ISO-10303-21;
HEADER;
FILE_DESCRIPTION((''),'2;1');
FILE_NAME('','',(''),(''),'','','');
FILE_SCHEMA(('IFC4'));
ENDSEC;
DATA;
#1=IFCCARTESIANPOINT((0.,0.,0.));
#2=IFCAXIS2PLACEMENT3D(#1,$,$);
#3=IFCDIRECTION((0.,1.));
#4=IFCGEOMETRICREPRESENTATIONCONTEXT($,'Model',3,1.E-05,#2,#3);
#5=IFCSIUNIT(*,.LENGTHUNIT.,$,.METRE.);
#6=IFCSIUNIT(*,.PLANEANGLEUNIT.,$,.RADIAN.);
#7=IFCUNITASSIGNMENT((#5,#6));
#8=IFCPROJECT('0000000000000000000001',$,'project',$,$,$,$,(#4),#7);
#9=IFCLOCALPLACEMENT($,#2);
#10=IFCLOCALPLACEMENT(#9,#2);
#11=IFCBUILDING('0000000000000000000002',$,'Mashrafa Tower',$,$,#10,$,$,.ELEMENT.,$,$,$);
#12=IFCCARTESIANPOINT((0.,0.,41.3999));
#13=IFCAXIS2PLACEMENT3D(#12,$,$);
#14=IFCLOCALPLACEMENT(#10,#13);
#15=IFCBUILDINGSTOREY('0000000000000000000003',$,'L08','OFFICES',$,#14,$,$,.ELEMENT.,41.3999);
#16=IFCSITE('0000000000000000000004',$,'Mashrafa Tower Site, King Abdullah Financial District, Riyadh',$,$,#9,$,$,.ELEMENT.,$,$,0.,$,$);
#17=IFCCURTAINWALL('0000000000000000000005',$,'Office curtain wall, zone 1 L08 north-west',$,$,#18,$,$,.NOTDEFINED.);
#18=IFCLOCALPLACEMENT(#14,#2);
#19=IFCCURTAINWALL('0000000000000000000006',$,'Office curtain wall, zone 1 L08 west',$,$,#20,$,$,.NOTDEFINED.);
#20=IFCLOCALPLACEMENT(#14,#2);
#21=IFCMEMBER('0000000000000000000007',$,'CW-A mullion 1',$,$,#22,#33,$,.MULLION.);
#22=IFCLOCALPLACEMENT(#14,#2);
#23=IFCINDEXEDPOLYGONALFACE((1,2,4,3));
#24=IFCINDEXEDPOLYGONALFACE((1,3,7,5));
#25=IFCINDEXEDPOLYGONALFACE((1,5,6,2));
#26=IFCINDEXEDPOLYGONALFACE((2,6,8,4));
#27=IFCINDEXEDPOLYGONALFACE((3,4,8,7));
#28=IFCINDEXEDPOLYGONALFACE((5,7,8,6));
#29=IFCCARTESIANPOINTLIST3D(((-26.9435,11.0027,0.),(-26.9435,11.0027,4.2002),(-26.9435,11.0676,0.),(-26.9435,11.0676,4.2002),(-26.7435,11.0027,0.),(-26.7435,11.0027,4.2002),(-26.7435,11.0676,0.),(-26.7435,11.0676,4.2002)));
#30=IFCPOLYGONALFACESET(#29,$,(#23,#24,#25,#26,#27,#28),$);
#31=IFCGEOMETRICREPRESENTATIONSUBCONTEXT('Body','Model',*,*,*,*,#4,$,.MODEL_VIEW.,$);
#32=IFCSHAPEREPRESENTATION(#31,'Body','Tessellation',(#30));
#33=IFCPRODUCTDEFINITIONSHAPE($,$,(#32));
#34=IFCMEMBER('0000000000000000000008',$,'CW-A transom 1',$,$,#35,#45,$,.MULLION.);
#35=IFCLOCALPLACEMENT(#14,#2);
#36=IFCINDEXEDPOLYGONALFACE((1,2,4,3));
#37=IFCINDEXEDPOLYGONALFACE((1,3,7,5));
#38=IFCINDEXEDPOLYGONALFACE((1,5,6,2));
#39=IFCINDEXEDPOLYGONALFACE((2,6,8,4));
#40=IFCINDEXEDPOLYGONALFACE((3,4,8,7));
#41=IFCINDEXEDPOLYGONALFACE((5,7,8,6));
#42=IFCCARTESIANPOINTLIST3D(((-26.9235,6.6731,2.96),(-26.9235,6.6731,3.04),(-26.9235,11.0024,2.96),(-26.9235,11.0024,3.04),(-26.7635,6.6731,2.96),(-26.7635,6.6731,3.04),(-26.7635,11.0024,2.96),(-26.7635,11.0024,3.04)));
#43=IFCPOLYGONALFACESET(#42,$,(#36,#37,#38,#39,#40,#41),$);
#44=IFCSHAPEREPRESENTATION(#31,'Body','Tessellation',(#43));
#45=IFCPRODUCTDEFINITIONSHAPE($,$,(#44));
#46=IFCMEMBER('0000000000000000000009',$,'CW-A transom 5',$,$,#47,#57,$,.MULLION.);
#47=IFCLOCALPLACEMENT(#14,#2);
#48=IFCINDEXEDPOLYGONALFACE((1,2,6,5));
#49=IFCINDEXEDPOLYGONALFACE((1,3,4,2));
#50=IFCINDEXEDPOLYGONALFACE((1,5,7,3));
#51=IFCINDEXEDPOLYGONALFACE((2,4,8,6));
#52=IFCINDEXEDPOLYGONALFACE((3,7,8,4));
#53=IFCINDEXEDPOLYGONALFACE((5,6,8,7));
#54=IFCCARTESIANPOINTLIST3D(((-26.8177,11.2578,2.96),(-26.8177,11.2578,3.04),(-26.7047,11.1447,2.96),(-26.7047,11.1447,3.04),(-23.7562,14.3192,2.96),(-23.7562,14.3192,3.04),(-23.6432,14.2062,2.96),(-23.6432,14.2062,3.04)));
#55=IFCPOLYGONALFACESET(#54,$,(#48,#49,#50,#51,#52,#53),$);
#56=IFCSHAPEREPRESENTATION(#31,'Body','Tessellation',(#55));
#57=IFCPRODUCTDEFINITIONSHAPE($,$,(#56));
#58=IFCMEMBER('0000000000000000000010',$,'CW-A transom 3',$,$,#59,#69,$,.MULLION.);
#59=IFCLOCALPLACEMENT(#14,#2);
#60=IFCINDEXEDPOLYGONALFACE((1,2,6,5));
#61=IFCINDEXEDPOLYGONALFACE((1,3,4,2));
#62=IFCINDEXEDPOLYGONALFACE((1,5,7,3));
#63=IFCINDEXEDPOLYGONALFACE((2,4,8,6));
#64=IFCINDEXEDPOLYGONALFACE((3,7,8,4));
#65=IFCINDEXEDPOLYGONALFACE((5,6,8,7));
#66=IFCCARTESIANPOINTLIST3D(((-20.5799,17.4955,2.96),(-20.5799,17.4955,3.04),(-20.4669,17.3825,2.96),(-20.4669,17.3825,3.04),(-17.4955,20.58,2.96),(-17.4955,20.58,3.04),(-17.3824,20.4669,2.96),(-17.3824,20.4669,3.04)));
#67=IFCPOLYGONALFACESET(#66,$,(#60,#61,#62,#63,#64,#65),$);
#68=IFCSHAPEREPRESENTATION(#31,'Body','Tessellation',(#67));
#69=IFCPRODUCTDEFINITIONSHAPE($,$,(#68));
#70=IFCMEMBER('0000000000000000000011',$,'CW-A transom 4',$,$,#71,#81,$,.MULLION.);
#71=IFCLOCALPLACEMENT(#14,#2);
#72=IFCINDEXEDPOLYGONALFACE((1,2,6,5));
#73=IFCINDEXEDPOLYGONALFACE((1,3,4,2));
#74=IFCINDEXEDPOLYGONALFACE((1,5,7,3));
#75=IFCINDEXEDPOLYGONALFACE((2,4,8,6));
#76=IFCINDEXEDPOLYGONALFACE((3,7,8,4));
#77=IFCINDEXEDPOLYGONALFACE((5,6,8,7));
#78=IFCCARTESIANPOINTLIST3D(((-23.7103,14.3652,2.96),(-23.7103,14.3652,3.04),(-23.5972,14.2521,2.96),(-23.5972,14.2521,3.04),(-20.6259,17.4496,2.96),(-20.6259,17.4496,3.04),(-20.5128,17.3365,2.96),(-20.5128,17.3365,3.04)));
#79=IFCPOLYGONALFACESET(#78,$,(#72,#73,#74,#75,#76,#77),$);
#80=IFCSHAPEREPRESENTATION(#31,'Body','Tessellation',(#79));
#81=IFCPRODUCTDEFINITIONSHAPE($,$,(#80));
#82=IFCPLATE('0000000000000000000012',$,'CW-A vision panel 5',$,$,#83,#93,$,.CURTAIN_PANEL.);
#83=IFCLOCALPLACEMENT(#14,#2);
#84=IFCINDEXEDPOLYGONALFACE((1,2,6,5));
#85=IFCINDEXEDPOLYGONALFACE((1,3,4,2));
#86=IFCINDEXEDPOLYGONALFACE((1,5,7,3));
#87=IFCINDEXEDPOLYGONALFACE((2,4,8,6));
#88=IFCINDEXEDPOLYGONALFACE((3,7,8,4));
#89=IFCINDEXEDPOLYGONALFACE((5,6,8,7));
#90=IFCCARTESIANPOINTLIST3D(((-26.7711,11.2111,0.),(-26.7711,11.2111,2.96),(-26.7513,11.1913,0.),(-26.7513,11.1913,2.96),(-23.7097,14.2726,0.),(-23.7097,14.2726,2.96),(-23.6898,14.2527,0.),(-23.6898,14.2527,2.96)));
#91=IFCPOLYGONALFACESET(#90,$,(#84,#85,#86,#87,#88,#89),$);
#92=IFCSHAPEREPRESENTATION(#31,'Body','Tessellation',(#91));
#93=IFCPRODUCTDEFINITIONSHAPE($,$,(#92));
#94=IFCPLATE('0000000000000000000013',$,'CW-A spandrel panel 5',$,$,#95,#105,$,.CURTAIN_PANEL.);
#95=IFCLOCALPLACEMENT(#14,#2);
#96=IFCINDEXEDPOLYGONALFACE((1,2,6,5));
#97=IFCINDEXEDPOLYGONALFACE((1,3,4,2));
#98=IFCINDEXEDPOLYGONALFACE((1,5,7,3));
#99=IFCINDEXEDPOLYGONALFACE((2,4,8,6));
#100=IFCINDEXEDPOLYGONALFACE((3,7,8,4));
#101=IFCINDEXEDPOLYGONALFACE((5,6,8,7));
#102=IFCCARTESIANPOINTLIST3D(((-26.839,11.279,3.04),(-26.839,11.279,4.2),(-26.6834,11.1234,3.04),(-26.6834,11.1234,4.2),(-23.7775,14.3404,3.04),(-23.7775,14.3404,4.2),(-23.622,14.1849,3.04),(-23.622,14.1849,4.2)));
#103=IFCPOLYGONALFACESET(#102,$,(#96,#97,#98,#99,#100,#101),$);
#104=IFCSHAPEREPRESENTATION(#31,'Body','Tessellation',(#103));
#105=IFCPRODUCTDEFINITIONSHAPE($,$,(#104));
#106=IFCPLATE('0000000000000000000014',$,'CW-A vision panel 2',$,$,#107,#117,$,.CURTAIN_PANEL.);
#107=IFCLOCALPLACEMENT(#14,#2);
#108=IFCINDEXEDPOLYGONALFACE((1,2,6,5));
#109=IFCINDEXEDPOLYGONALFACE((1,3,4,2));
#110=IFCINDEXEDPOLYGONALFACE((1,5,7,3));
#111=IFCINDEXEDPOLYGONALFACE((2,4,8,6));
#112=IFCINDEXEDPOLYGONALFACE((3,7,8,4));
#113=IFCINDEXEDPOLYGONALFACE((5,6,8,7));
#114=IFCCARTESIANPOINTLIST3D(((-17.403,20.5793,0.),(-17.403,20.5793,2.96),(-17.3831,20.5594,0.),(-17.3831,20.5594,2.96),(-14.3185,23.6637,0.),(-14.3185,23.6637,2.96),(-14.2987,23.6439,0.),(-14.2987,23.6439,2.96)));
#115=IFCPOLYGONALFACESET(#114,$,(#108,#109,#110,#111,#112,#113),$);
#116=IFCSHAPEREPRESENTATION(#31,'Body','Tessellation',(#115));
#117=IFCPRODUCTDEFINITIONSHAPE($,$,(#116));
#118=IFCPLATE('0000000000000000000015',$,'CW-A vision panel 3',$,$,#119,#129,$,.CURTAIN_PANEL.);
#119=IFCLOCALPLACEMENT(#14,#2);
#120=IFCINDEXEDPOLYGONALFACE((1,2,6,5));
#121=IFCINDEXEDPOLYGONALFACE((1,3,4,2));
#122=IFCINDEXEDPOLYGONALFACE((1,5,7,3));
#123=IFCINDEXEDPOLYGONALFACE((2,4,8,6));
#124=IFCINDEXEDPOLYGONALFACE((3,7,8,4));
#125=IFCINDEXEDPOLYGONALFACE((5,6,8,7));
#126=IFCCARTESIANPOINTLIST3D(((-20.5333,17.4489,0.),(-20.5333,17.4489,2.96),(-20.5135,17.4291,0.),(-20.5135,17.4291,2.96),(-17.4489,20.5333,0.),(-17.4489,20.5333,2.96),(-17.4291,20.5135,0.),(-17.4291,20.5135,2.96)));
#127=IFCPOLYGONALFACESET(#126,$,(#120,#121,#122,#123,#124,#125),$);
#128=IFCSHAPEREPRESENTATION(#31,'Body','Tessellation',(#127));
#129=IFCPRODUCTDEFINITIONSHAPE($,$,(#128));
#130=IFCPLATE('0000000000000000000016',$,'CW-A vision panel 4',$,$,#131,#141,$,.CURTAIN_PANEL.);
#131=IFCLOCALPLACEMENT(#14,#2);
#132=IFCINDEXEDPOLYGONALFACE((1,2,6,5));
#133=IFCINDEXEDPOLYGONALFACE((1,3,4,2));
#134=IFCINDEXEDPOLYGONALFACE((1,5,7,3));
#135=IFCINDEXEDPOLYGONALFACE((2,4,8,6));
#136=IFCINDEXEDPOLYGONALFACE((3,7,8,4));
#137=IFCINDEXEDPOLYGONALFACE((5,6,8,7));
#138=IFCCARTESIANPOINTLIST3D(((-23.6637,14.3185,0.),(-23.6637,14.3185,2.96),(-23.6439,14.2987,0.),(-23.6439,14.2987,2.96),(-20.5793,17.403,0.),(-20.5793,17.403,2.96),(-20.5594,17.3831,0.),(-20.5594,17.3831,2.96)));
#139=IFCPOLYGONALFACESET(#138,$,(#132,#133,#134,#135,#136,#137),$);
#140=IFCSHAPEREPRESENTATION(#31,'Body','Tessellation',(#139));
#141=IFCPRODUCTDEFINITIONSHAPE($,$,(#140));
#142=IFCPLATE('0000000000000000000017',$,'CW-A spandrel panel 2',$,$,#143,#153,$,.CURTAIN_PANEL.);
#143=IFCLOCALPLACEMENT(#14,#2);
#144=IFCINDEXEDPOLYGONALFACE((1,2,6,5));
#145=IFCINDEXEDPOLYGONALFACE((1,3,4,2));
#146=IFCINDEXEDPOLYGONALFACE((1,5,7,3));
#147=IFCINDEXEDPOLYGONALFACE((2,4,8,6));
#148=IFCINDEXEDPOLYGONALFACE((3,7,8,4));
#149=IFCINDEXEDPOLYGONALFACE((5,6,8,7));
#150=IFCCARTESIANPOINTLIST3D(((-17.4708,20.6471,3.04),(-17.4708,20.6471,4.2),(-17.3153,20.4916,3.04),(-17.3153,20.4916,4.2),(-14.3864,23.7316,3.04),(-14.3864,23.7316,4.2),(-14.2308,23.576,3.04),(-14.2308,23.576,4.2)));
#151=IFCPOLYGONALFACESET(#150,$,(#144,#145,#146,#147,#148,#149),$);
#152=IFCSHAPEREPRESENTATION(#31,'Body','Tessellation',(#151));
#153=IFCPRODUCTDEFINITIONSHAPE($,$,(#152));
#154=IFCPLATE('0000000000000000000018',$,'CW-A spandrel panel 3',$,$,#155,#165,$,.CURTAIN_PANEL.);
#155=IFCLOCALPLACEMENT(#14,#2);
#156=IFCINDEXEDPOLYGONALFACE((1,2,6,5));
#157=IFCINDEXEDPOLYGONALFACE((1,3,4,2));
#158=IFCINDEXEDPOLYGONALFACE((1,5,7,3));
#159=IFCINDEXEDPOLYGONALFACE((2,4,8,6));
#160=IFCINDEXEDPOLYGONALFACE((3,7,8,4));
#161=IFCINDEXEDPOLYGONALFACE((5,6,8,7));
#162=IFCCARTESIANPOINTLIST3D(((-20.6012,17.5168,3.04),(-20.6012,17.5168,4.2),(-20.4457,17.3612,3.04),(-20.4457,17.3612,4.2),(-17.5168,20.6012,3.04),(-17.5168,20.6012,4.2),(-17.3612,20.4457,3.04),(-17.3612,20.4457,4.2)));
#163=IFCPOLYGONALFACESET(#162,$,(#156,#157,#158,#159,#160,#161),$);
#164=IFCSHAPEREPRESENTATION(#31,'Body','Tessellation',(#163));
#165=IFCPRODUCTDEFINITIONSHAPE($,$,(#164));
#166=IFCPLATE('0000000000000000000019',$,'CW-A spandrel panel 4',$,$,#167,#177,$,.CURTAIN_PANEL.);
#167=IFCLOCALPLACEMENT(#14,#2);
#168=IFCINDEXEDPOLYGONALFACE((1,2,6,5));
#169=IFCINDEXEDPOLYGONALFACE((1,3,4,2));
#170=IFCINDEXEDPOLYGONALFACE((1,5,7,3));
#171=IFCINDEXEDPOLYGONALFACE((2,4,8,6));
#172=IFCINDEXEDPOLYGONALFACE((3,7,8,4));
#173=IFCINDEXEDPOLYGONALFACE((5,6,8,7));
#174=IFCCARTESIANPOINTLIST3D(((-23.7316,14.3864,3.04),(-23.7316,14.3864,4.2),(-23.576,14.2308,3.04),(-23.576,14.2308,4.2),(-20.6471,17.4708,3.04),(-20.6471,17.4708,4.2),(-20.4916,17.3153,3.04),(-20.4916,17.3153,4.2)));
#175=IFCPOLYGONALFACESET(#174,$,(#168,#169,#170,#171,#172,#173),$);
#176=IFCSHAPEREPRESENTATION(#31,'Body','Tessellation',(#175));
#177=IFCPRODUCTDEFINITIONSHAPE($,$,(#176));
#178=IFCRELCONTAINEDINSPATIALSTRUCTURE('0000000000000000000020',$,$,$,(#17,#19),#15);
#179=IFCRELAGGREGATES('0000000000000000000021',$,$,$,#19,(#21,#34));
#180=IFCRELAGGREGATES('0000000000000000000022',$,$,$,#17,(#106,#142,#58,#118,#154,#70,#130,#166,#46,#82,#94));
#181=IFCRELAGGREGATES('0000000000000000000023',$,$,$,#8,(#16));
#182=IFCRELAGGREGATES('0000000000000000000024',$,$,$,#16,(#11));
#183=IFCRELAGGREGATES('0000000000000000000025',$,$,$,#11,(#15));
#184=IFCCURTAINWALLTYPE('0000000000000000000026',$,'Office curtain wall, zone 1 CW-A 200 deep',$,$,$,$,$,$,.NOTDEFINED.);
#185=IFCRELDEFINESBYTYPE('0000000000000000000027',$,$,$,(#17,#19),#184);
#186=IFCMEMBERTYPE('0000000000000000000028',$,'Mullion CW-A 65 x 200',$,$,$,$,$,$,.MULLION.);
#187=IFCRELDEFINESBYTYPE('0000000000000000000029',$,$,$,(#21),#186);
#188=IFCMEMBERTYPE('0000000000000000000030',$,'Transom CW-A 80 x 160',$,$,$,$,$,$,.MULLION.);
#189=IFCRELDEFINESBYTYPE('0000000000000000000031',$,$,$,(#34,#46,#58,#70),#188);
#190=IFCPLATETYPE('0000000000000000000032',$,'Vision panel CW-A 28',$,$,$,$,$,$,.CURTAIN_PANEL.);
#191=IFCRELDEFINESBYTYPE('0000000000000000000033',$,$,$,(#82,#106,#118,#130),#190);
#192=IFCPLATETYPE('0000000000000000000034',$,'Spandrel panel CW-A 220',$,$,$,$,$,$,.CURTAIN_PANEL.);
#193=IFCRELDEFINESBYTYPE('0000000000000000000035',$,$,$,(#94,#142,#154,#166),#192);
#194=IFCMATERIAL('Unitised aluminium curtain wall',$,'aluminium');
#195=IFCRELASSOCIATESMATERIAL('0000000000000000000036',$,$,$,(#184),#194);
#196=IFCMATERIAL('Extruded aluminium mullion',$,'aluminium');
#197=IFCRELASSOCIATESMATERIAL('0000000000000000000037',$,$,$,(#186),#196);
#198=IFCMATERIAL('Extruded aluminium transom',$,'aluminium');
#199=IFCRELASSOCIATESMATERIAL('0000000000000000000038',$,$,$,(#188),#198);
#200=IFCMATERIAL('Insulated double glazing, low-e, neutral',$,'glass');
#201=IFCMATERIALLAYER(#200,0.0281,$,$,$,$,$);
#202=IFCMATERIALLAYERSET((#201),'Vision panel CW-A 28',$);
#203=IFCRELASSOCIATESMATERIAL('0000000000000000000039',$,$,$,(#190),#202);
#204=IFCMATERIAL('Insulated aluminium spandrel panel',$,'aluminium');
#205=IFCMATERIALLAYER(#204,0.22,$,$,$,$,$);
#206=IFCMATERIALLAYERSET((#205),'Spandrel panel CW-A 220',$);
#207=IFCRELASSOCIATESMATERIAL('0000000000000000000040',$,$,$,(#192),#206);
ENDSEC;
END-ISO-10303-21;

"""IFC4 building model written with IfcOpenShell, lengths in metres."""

from ifc_helpers import new_model, si_unit, direction, frame, origin, origin_2d, place, context, subcontext, project, spatial, rectangle, extrude, source, transform, mapped, material, layer, layer_set, material_profile, profile_set, type_object, type_shapes, element, aggregate, save


model = new_model("IFC4")

# Units and contexts
model_context = context("Model", 3, precision=1e-05, world=origin(), true_north=direction((0.0, 1.0)))
body_context = subcontext(model_context, "Body", "Model", "MODEL_VIEW")
ifc_project = project(units=[si_unit("LENGTHUNIT", "METRE"), si_unit("PLANEANGLEUNIT", "RADIAN")], contexts=[model_context])

# Site, building, storey
site_placement = place(None, origin())
site = spatial("IfcSite", under=ifc_project, at=site_placement, Name="Mashrafa Tower Site, King Abdullah Financial District, Riyadh", CompositionType="ELEMENT", RefElevation=0.0)
building_placement = place(site_placement, origin())
building = spatial("IfcBuilding", under=site, at=building_placement, Name="Mashrafa Tower", CompositionType="ELEMENT")
storey_placement = place(building_placement, frame((0.0, 0.0, 41.3999)))
storey = spatial("IfcBuildingStorey", under=building, at=storey_placement, Name="L08", Description="OFFICES", CompositionType="ELEMENT", Elevation=41.3999)

# Curtain walls, members
ifc_material_1 = material(Name="Unitised aluminium curtain wall", Category="aluminium")
curtain_wall_type = type_object("IfcCurtainWallType", Name="Office curtain wall, zone 1 CW-A 200 deep", PredefinedType="NOTDEFINED", material=ifc_material_1)
curtain_wall_1_placement = place(storey_placement, origin())
curtain_wall_1 = element("IfcCurtainWall", 1, at=curtain_wall_1_placement, inside=storey, type_object=curtain_wall_type, Name="Office curtain wall, zone 1 L08 north-west", PredefinedType="NOTDEFINED")
ifc_material_2 = material(Name="Extruded aluminium mullion", Category="aluminium")
ifc_material_profile_1 = material_profile(ifc_material_2, rectangle(XDim=0.2, YDim=0.0649, at=origin_2d()), Name="Mullion 65x200")
ifc_profile_set_1 = profile_set([ifc_material_profile_1], Name="Extruded aluminium mullion")
member_type_1 = type_object("IfcMemberType", Name="Mullion CW-A 65 x 200", PredefinedType="MULLION", material=ifc_profile_set_1)
shared_shape_1 = source(origin(), body_context, "Body", "SweptSolid", [
    extrude(rectangle(XDim=0.2, YDim=0.0649, at=origin_2d()), origin(), (0.0, 0.0, 1.0), 4.2002),
])
type_shapes(member_type_1, [shared_shape_1])
curtain_wall_2_placement = place(storey_placement, origin())
curtain_wall_2 = element("IfcCurtainWall", 2, at=curtain_wall_2_placement, inside=storey, type_object=curtain_wall_type, Name="Office curtain wall, zone 1 L08 west", PredefinedType="NOTDEFINED")
member_1_placement = place(storey_placement, frame((-26.8435, 11.0352, 0.0), z_axis=(0.0, 0.0, 1.0), x_axis=(1.0, 0.0, 0.0)))
member_1 = element("IfcMember", 3, at=member_1_placement, type_object=member_type_1, Name="CW-A mullion 1", PredefinedType="MULLION", context=body_context, shape_type="MappedRepresentation", body=[
    mapped(shared_shape_1, transform((0.0, 0.0, 0.0))),
])
ifc_material_3 = material(Name="Extruded aluminium transom", Category="aluminium")
ifc_material_profile_2 = material_profile(ifc_material_3, rectangle(XDim=0.1599, YDim=0.0801, at=origin_2d()), Name="Transom 80x160")
ifc_profile_set_2 = profile_set([ifc_material_profile_2], Name="Extruded aluminium transom")
member_type_2 = type_object("IfcMemberType", Name="Transom CW-A 80 x 160", PredefinedType="MULLION", material=ifc_profile_set_2)
shared_shape_2 = source(origin(), body_context, "Body", "SweptSolid", [
    extrude(rectangle(XDim=0.1599, YDim=0.0801, at=origin_2d()), origin(), (0.0, 0.0, 1.0), 4.3293),
])
member_2_placement = place(storey_placement, frame((-26.8435, 11.0024, 3.0), z_axis=(0.0, -1.0, 0.0), x_axis=(1.0, 0.0, 0.0)))
member_2 = element("IfcMember", 4, at=member_2_placement, type_object=member_type_2, Name="CW-A transom 1", PredefinedType="MULLION", context=body_context, shape_type="MappedRepresentation", body=[
    mapped(shared_shape_2, transform((0.0, 0.0, 0.0))),
])
aggregate(curtain_wall_2, [member_1, member_2])

# Members
shared_shape_3 = source(origin(), body_context, "Body", "SweptSolid", [
    extrude(rectangle(XDim=0.1599, YDim=0.0801, at=origin_2d()), origin(), (0.0, 0.0, 1.0), 4.3296),
])
member_3_placement = place(storey_placement, frame((-23.6997, 14.2627, 3.0), z_axis=(-0.707107, -0.707107, 0.0), x_axis=(0.707107, -0.707107, 0.0)))
member_3 = element("IfcMember", 5, at=member_3_placement, type_object=member_type_2, Name="CW-A transom 5", PredefinedType="MULLION", context=body_context, shape_type="MappedRepresentation", body=[
    mapped(shared_shape_3, transform((0.0, 0.0, 0.0))),
])
shared_shape_4 = source(origin(), body_context, "Body", "SweptSolid", [
    extrude(rectangle(XDim=0.1599, YDim=0.0801, at=origin_2d()), origin(), (0.0, 0.0, 1.0), 4.3621),
])
type_shapes(member_type_2, [shared_shape_2, shared_shape_3, shared_shape_4])
member_4_placement = place(storey_placement, frame((-17.439, 20.5234, 3.0), z_axis=(-0.707107, -0.707107, 0.0), x_axis=(0.707107, -0.707107, 0.0)))
member_4 = element("IfcMember", 6, at=member_4_placement, type_object=member_type_2, Name="CW-A transom 3", PredefinedType="MULLION", context=body_context, shape_type="MappedRepresentation", body=[
    mapped(shared_shape_4, transform((0.0, 0.0, 0.0))),
])
member_5_placement = place(storey_placement, frame((-20.5693, 17.3931, 3.0), z_axis=(-0.707107, -0.707107, 0.0), x_axis=(0.707107, -0.707107, 0.0)))
member_5 = element("IfcMember", 7, at=member_5_placement, type_object=member_type_2, Name="CW-A transom 4", PredefinedType="MULLION", context=body_context, shape_type="MappedRepresentation", body=[
    mapped(shared_shape_4, transform((0.0, 0.0, 0.0))),
])

# Plates
ifc_material_4 = material(Name="Insulated double glazing, low-e, neutral", Category="glass")
ifc_layer_1 = layer(ifc_material_4, 0.0281)
ifc_layer_set_1 = layer_set([ifc_layer_1], Name="Vision panel CW-A 28")
plate_type_1 = type_object("IfcPlateType", Name="Vision panel CW-A 28", PredefinedType="CURTAIN_PANEL", material=ifc_layer_set_1)
shared_shape_5 = source(origin(), body_context, "Body", "SweptSolid", [
    extrude(rectangle(XDim=4.3296, YDim=0.0281, at=origin_2d()), origin(), (0.0, 0.0, 1.0), 2.96),
])
plate_1_placement = place(storey_placement, frame((-25.2305, 12.7319, 0.0), z_axis=(0.0, 0.0, 1.0), x_axis=(-0.707107, -0.707107, 0.0)))
plate_1 = element("IfcPlate", 8, at=plate_1_placement, type_object=plate_type_1, Name="CW-A vision panel 5", PredefinedType="CURTAIN_PANEL", context=body_context, shape_type="MappedRepresentation", body=[
    mapped(shared_shape_5, transform((0.0, 0.0, 0.0))),
])
ifc_material_5 = material(Name="Insulated aluminium spandrel panel", Category="aluminium")
ifc_layer_2 = layer(ifc_material_5, 0.22)
ifc_layer_set_2 = layer_set([ifc_layer_2], Name="Spandrel panel CW-A 220")
plate_type_2 = type_object("IfcPlateType", Name="Spandrel panel CW-A 220", PredefinedType="CURTAIN_PANEL", material=ifc_layer_set_2)
shared_shape_6 = source(origin(), body_context, "Body", "SweptSolid", [
    extrude(rectangle(XDim=4.3296, YDim=0.22, at=origin_2d()), origin(), (0.0, 0.0, 1.0), 1.1599),
])
plate_2_placement = place(storey_placement, frame((-25.2305, 12.7319, 3.04), z_axis=(0.0, 0.0, 1.0), x_axis=(-0.707107, -0.707107, 0.0)))
plate_2 = element("IfcPlate", 9, at=plate_2_placement, type_object=plate_type_2, Name="CW-A spandrel panel 5", PredefinedType="CURTAIN_PANEL", context=body_context, shape_type="MappedRepresentation", body=[
    mapped(shared_shape_6, transform((0.0, 0.0, 0.0))),
])
shared_shape_7 = source(origin(), body_context, "Body", "SweptSolid", [
    extrude(rectangle(XDim=4.3621, YDim=0.0281, at=origin_2d()), origin(), (0.0, 0.0, 1.0), 2.96),
])
type_shapes(plate_type_1, [shared_shape_5, shared_shape_7])
plate_3_placement = place(storey_placement, frame((-15.8508, 22.1116, 0.0), z_axis=(0.0, 0.0, 1.0), x_axis=(-0.707107, -0.707107, 0.0)))
plate_3 = element("IfcPlate", 10, at=plate_3_placement, type_object=plate_type_1, Name="CW-A vision panel 2", PredefinedType="CURTAIN_PANEL", context=body_context, shape_type="MappedRepresentation", body=[
    mapped(shared_shape_7, transform((0.0, 0.0, 0.0))),
])
plate_4_placement = place(storey_placement, frame((-18.9812, 18.9812, 0.0), z_axis=(0.0, 0.0, 1.0), x_axis=(-0.707107, -0.707107, 0.0)))
plate_4 = element("IfcPlate", 11, at=plate_4_placement, type_object=plate_type_1, Name="CW-A vision panel 3", PredefinedType="CURTAIN_PANEL", context=body_context, shape_type="MappedRepresentation", body=[
    mapped(shared_shape_7, transform((0.0, 0.0, 0.0))),
])
plate_5_placement = place(storey_placement, frame((-22.1116, 15.8508, 0.0), z_axis=(0.0, 0.0, 1.0), x_axis=(-0.707107, -0.707107, 0.0)))
plate_5 = element("IfcPlate", 12, at=plate_5_placement, type_object=plate_type_1, Name="CW-A vision panel 4", PredefinedType="CURTAIN_PANEL", context=body_context, shape_type="MappedRepresentation", body=[
    mapped(shared_shape_7, transform((0.0, 0.0, 0.0))),
])
shared_shape_8 = source(origin(), body_context, "Body", "SweptSolid", [
    extrude(rectangle(XDim=4.3621, YDim=0.22, at=origin_2d()), origin(), (0.0, 0.0, 1.0), 1.1599),
])
type_shapes(plate_type_2, [shared_shape_6, shared_shape_8])
plate_6_placement = place(storey_placement, frame((-15.8508, 22.1116, 3.04), z_axis=(0.0, 0.0, 1.0), x_axis=(-0.707107, -0.707107, 0.0)))
plate_6 = element("IfcPlate", 13, at=plate_6_placement, type_object=plate_type_2, Name="CW-A spandrel panel 2", PredefinedType="CURTAIN_PANEL", context=body_context, shape_type="MappedRepresentation", body=[
    mapped(shared_shape_8, transform((0.0, 0.0, 0.0))),
])
plate_7_placement = place(storey_placement, frame((-18.9812, 18.9812, 3.04), z_axis=(0.0, 0.0, 1.0), x_axis=(-0.707107, -0.707107, 0.0)))
plate_7 = element("IfcPlate", 14, at=plate_7_placement, type_object=plate_type_2, Name="CW-A spandrel panel 3", PredefinedType="CURTAIN_PANEL", context=body_context, shape_type="MappedRepresentation", body=[
    mapped(shared_shape_8, transform((0.0, 0.0, 0.0))),
])
plate_8_placement = place(storey_placement, frame((-22.1116, 15.8508, 3.04), z_axis=(0.0, 0.0, 1.0), x_axis=(-0.707107, -0.707107, 0.0)))
plate_8 = element("IfcPlate", 15, at=plate_8_placement, type_object=plate_type_2, Name="CW-A spandrel panel 4", PredefinedType="CURTAIN_PANEL", context=body_context, shape_type="MappedRepresentation", body=[
    mapped(shared_shape_8, transform((0.0, 0.0, 0.0))),
])
aggregate(curtain_wall_1, [plate_3, plate_6, member_4, plate_4, plate_7, member_5, plate_5, plate_8, member_3, plate_1, plate_2])

save(model, "model.ifc")
